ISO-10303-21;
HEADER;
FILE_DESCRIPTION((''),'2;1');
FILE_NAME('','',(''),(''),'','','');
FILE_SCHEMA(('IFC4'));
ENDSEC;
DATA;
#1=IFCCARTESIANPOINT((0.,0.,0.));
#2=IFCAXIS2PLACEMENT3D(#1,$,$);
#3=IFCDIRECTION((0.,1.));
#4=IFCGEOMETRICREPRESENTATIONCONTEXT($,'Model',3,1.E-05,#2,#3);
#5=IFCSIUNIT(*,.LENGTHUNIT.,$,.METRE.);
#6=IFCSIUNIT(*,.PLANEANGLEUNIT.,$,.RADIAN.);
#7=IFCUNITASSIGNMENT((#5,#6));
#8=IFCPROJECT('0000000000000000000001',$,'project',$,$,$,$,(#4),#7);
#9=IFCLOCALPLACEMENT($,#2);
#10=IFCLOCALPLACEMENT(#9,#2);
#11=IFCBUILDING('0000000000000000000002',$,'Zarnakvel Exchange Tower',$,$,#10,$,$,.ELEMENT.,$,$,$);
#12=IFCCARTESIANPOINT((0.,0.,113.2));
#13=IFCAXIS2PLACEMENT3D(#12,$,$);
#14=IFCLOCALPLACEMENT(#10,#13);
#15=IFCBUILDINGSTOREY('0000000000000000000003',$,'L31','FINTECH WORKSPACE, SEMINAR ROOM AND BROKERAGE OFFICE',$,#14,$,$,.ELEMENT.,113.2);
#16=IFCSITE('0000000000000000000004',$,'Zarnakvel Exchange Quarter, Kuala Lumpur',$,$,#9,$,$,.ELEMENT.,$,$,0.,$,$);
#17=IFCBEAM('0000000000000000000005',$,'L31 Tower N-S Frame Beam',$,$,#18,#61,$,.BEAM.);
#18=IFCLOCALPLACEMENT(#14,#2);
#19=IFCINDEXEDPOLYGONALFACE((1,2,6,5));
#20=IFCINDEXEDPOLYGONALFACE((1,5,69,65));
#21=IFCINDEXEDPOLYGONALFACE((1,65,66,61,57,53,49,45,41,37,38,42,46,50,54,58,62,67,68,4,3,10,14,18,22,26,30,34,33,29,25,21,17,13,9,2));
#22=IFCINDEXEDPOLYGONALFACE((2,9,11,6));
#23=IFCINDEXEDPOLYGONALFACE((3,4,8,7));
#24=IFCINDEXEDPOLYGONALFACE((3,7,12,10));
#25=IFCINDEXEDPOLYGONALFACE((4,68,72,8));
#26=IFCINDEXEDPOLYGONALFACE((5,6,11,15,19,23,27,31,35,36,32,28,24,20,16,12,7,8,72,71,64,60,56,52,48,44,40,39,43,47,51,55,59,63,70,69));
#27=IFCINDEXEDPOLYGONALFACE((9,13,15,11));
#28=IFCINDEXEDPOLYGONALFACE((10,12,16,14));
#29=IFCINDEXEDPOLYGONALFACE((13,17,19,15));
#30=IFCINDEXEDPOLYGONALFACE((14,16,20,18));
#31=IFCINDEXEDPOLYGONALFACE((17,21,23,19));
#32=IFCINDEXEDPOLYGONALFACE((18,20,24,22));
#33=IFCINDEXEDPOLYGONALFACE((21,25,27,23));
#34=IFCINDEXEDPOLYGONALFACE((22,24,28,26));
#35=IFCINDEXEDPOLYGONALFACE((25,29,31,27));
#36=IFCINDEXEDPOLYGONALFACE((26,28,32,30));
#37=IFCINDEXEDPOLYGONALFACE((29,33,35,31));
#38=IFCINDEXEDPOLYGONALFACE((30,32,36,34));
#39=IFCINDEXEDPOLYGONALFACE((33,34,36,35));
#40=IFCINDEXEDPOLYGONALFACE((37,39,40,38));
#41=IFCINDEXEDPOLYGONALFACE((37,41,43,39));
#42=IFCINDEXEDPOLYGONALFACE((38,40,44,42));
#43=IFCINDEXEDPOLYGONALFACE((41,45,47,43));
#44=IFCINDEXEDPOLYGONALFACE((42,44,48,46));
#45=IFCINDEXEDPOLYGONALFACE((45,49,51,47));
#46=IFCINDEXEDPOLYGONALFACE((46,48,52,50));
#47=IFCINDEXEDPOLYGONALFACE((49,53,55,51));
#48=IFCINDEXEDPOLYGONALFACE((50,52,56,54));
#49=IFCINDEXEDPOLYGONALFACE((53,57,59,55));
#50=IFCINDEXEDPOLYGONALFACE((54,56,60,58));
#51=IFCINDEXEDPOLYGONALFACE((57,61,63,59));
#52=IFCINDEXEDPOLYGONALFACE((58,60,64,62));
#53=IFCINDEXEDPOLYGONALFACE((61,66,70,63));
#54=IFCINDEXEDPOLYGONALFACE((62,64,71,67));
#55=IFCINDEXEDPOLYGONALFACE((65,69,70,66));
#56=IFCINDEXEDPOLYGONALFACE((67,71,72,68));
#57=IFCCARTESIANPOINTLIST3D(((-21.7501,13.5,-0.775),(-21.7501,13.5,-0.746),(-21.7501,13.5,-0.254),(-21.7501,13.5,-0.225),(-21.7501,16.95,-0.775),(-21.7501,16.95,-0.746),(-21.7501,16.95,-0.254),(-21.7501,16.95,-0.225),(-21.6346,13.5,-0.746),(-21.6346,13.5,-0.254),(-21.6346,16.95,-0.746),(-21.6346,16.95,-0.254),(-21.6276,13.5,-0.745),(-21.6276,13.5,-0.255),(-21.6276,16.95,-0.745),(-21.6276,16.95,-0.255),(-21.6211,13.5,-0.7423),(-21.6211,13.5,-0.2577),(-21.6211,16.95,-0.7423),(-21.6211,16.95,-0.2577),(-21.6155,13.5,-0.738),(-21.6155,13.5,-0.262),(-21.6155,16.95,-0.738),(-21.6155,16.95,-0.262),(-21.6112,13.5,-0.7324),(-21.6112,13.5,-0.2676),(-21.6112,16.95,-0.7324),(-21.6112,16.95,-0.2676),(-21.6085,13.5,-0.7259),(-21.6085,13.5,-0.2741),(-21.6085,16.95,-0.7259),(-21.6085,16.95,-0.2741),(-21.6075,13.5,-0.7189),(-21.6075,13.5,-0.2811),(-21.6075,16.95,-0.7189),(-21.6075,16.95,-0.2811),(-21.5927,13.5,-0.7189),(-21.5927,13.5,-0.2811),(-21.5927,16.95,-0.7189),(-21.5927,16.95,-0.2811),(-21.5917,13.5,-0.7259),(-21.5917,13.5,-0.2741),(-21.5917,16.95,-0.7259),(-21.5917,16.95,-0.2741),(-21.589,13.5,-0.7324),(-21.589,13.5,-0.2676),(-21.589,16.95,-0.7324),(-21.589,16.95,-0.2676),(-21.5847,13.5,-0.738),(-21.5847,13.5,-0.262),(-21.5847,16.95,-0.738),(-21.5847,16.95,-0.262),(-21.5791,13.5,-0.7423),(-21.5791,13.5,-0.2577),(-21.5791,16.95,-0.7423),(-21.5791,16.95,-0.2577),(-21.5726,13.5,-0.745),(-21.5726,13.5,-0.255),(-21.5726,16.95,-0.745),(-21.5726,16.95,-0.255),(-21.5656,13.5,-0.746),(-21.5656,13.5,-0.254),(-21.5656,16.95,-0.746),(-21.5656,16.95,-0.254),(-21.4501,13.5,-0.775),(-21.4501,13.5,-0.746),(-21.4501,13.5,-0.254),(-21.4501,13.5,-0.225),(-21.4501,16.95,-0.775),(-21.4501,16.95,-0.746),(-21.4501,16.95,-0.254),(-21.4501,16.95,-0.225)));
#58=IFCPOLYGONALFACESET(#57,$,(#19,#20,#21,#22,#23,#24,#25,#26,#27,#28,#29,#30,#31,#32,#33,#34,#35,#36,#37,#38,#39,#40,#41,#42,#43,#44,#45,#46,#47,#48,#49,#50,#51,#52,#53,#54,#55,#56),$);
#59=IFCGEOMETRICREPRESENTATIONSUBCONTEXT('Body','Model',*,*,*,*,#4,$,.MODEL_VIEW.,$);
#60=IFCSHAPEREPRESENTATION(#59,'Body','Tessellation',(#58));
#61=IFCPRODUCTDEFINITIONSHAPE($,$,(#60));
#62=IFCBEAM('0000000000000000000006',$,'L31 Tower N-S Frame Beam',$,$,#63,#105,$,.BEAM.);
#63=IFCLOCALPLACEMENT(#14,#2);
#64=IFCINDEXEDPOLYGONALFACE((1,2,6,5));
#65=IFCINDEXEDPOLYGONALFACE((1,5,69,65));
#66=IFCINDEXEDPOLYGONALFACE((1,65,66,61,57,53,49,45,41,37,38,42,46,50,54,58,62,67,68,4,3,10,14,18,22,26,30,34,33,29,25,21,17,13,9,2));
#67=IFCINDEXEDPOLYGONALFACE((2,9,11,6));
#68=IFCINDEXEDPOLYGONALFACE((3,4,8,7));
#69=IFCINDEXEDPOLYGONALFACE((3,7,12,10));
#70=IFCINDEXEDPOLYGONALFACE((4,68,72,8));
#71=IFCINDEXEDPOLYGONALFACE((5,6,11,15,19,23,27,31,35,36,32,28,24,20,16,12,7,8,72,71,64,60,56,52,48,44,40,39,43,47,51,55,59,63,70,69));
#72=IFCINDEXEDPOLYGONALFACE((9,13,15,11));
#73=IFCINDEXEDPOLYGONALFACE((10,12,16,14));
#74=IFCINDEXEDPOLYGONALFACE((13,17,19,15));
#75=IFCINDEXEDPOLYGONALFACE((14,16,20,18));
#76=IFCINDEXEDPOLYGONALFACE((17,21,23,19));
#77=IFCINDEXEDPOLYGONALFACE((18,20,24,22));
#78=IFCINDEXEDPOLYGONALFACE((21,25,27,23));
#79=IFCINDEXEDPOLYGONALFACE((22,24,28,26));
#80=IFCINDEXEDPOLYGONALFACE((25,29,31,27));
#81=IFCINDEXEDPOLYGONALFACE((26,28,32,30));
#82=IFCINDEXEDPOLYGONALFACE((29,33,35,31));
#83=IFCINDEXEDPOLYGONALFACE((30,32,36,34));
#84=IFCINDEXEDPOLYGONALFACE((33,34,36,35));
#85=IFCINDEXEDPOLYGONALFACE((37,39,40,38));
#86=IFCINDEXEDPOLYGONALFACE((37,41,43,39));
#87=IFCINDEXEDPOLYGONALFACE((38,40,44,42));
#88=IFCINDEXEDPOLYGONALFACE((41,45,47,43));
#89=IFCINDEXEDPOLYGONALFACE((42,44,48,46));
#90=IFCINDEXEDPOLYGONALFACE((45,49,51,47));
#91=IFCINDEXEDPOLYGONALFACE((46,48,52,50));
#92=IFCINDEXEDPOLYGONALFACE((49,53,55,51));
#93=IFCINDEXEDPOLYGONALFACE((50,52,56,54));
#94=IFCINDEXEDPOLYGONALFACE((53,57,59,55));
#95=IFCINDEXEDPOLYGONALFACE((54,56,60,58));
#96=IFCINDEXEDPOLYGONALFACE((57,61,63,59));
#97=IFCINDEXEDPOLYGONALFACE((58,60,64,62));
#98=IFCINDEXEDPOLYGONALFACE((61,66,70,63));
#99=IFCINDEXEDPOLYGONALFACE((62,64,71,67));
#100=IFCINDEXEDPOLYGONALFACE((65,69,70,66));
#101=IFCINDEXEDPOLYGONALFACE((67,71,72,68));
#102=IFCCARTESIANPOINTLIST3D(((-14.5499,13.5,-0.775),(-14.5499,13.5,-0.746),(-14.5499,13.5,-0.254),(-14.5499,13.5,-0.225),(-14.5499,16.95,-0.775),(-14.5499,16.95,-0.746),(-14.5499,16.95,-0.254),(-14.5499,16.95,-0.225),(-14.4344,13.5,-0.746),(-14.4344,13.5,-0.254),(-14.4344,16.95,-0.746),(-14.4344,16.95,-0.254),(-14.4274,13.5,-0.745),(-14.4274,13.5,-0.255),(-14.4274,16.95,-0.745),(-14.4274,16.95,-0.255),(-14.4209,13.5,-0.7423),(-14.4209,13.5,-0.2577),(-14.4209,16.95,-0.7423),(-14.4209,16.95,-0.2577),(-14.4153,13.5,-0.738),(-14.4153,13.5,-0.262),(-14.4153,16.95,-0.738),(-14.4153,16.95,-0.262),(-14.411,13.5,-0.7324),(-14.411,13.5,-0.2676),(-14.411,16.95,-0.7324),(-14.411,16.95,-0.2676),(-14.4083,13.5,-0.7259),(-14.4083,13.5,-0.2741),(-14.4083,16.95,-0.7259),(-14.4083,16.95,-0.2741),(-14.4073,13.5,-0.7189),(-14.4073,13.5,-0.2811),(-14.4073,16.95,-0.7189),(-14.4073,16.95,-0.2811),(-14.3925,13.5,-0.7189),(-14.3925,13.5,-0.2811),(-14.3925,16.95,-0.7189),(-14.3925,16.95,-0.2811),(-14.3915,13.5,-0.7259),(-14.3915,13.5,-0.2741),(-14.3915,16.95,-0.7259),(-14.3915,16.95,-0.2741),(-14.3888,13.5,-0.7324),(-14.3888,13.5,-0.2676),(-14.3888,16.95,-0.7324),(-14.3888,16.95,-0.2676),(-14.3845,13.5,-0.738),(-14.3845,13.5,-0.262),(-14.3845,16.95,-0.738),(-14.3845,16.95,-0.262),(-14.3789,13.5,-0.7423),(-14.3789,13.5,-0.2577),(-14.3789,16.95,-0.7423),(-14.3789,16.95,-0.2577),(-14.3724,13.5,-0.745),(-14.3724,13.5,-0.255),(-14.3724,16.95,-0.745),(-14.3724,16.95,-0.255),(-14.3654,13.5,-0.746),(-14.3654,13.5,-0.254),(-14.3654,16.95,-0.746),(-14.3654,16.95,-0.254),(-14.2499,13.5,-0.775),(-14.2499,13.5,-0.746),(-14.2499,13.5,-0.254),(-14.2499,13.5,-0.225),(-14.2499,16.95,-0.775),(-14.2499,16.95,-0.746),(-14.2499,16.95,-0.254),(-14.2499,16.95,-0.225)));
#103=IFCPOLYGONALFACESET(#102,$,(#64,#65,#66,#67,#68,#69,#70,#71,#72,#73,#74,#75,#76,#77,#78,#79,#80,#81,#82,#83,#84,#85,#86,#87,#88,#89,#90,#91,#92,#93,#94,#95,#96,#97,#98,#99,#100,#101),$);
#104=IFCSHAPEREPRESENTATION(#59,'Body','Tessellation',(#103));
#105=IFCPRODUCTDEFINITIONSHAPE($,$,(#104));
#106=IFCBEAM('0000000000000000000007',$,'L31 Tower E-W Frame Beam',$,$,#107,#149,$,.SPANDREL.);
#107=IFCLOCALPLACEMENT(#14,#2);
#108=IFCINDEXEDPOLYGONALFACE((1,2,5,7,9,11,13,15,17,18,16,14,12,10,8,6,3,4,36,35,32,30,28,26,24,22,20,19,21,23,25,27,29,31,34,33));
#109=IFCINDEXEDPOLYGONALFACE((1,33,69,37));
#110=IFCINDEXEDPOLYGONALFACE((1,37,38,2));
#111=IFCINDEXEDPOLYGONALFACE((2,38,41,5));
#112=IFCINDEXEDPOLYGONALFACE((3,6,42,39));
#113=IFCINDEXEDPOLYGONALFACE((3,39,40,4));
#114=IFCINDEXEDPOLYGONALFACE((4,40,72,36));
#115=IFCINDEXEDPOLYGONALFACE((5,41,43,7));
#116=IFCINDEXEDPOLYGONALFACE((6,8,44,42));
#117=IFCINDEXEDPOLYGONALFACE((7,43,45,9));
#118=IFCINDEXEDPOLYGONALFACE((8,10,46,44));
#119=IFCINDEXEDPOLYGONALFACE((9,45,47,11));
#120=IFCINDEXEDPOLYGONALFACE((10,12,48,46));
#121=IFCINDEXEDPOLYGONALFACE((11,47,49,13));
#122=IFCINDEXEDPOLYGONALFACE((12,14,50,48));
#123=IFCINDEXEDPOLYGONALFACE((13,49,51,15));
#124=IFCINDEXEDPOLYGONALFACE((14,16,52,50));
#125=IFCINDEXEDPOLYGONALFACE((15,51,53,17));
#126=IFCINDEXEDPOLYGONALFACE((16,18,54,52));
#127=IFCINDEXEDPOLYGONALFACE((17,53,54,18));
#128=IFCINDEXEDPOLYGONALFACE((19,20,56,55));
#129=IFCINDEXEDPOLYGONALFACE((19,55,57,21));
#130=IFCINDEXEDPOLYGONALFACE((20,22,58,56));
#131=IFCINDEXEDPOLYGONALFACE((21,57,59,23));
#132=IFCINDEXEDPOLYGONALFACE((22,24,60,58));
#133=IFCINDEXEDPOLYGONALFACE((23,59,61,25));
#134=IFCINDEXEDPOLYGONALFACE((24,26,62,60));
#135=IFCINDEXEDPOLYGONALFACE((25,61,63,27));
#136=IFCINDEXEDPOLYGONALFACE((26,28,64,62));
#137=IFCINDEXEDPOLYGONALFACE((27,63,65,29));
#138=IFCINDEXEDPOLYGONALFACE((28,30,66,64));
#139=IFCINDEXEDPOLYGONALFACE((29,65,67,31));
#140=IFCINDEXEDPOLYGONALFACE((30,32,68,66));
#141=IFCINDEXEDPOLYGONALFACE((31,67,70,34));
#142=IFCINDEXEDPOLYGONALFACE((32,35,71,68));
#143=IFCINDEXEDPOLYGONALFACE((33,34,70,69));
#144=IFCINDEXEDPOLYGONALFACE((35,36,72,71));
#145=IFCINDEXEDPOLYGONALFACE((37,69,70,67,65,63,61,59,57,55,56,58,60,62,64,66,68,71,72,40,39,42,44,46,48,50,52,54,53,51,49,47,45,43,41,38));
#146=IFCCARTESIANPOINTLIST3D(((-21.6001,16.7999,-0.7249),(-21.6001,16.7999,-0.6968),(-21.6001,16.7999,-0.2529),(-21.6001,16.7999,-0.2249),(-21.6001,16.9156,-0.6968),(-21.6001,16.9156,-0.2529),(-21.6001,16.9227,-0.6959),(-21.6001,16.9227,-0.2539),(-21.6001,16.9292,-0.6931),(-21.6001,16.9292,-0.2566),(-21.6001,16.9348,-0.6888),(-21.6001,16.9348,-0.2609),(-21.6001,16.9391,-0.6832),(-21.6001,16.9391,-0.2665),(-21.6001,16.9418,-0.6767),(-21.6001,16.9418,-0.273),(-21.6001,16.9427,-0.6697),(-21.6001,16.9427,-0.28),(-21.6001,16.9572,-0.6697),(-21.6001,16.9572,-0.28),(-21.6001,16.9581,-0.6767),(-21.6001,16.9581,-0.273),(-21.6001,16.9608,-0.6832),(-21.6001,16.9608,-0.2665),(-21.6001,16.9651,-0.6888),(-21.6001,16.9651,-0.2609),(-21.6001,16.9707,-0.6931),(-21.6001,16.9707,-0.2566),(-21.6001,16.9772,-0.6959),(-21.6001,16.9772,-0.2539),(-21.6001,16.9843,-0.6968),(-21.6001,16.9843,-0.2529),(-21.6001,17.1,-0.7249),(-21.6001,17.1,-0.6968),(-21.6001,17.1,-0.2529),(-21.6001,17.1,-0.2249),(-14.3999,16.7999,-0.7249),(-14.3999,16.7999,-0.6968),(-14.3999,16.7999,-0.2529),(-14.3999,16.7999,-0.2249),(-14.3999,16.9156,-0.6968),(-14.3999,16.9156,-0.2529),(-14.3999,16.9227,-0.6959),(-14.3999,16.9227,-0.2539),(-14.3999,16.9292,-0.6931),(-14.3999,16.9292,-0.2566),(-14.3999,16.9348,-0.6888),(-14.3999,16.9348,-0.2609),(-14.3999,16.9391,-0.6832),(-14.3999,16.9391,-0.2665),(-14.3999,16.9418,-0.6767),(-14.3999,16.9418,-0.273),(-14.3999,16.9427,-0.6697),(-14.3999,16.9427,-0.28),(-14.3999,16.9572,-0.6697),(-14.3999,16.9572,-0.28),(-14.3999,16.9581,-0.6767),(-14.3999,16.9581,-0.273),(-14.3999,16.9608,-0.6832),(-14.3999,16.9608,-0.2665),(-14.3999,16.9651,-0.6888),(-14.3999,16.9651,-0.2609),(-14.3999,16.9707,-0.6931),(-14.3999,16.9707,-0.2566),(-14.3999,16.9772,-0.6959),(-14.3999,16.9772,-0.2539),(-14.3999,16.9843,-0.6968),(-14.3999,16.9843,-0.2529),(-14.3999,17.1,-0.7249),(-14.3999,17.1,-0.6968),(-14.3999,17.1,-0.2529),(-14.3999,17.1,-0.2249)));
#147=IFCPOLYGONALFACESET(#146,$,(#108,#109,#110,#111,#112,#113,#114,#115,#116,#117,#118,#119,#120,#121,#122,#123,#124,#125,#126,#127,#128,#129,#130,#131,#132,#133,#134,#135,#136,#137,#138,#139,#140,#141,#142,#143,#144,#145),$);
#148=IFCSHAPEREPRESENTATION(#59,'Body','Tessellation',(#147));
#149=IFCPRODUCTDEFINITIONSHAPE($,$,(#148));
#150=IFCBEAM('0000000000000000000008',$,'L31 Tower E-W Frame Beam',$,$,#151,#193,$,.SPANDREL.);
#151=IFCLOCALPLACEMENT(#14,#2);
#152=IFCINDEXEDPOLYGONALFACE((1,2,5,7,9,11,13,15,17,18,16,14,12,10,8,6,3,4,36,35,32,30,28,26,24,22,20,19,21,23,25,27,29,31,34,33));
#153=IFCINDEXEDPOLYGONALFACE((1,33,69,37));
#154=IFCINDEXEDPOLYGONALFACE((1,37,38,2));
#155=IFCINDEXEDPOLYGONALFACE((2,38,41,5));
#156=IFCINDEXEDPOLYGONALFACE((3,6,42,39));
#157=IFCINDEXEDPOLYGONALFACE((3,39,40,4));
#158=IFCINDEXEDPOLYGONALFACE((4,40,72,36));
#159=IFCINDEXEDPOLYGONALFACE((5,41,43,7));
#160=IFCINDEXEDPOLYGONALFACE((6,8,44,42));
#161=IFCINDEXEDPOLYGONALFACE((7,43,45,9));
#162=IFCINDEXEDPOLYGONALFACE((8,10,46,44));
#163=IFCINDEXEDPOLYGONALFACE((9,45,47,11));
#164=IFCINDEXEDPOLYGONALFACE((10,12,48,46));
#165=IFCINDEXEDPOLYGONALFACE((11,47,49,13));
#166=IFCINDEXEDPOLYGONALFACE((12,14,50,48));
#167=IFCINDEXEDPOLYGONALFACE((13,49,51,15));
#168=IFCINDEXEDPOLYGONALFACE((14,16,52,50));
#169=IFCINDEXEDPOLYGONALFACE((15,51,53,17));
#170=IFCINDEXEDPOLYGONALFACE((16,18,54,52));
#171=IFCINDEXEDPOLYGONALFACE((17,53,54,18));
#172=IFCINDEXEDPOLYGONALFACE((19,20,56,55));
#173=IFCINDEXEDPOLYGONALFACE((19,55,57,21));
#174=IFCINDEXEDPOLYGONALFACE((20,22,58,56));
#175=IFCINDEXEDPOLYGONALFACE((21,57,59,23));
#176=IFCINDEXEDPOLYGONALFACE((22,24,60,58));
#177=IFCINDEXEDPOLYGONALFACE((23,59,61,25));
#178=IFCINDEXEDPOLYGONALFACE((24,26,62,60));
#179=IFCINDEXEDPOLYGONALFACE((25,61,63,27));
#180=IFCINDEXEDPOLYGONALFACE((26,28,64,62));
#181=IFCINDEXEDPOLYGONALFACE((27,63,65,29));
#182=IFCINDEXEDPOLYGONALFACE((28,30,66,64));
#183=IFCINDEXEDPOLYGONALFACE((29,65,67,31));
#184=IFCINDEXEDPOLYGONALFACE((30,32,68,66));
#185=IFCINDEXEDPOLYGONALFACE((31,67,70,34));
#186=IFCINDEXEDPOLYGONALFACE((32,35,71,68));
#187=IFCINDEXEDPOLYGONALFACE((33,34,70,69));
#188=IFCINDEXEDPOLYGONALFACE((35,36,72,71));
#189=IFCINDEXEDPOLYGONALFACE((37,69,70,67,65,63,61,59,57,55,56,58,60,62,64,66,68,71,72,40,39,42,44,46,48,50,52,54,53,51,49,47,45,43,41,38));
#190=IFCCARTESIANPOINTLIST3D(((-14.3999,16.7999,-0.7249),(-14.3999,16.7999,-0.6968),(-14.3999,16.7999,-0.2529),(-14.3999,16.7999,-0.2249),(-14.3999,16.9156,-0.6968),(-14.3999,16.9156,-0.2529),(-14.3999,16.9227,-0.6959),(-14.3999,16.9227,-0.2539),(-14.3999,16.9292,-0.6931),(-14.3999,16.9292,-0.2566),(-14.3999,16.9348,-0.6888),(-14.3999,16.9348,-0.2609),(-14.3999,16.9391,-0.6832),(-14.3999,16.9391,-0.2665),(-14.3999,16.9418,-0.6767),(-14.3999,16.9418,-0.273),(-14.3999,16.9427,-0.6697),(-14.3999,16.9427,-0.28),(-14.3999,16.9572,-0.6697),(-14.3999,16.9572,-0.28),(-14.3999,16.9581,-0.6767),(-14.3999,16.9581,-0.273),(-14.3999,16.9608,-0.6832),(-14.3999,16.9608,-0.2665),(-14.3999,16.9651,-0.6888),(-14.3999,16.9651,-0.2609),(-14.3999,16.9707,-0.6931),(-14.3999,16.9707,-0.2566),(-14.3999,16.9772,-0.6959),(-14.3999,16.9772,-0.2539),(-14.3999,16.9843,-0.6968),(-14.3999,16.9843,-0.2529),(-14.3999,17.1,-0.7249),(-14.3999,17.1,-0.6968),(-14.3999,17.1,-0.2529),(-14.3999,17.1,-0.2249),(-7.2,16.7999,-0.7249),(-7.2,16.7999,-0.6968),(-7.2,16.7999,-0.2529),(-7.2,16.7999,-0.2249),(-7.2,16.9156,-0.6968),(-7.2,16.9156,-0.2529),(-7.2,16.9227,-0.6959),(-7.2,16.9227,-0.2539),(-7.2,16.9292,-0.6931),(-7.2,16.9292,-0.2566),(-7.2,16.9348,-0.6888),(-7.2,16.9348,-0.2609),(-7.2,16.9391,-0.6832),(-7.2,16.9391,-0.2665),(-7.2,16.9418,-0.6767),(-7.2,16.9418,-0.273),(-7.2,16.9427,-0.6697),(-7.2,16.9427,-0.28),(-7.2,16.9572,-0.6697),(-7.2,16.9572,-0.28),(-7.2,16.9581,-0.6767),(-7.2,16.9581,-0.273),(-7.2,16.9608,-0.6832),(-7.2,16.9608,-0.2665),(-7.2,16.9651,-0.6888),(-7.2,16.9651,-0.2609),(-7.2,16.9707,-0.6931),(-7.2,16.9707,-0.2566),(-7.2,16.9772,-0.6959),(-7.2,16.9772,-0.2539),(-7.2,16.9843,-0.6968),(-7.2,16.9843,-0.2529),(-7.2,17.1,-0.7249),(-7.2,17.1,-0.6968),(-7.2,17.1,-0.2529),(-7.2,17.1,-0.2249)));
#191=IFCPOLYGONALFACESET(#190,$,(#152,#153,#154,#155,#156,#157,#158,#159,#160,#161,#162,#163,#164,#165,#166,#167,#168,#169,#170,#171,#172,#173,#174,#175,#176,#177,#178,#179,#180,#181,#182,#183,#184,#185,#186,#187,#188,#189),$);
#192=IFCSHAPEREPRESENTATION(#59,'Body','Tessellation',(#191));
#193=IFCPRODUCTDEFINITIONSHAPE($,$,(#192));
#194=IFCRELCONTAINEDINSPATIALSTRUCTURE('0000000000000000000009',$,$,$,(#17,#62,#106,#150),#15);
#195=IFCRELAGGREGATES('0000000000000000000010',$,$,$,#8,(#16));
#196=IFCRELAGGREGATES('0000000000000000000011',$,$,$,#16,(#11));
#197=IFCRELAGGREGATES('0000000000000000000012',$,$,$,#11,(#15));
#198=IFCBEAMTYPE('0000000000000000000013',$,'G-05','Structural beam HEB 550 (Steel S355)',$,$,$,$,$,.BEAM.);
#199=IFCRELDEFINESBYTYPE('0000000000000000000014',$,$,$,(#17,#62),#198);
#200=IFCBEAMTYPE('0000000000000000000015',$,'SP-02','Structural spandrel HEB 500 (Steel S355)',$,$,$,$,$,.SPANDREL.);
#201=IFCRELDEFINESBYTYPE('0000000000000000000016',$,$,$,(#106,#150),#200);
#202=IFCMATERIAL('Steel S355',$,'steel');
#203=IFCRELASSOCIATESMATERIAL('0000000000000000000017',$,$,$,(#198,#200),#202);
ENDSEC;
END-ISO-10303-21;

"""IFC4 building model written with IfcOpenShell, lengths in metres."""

from ifc_helpers import new_model, si_unit, direction, frame, origin, origin_2d, place, context, subcontext, project, spatial, i_section, extrude, material, material_profile, profile_set, type_object, element, save


model = new_model("IFC4")

# Units and contexts
model_context = context("Model", 3, precision=1e-05, world=origin(), true_north=direction((0.0, 1.0)))
body_context = subcontext(model_context, "Body", "Model", "MODEL_VIEW")
ifc_project = project(units=[si_unit("LENGTHUNIT", "METRE"), si_unit("PLANEANGLEUNIT", "RADIAN")], contexts=[model_context])

# Site, building, storey
site_placement = place(None, origin())
site = spatial("IfcSite", under=ifc_project, at=site_placement, Name="Zarnakvel Exchange Quarter, Kuala Lumpur", CompositionType="ELEMENT", RefElevation=0.0)
building_placement = place(site_placement, origin())
building = spatial("IfcBuilding", under=site, at=building_placement, Name="Zarnakvel Exchange Tower", CompositionType="ELEMENT")
storey_placement = place(building_placement, frame((0.0, 0.0, 113.2)))
storey = spatial("IfcBuildingStorey", under=building, at=storey_placement, Name="L31", Description="FINTECH WORKSPACE, SEMINAR ROOM AND BROKERAGE OFFICE", CompositionType="ELEMENT", Elevation=113.2)

# Shared definitions
ifc_material_1 = material(Name="Steel S355", Category="steel")

# Beams
ifc_material_profile_1 = material_profile(ifc_material_1, i_section(OverallWidth=0.3, OverallDepth=0.55, WebThickness=0.0149, FlangeThickness=0.0291, FilletRadius=0.0271, at=origin_2d()))
ifc_profile_set_1 = profile_set([ifc_material_profile_1], Name="Steel S355")
beam_type_1 = type_object("IfcBeamType", Name="G-05", Description="Structural beam HEB 550 (Steel S355)", PredefinedType="BEAM", material=ifc_profile_set_1)
for number, where, z_axis, x_axis, name in (
    (1, (-21.6001, 13.5, -0.5), (0.0, 1.0, 0.0), (-1.0, 0.0, 0.0), "L31 Tower N-S Frame Beam"),
    (2, (-14.3999, 13.5, -0.5), (0.0, 1.0, 0.0), (-1.0, 0.0, 0.0), "L31 Tower N-S Frame Beam"),
):
    element("IfcBeam", number, at=place(storey_placement, frame(where, z_axis=z_axis, x_axis=x_axis)), inside=storey, type_object=beam_type_1, Name=name, PredefinedType="BEAM", context=body_context, shape_type="SweptSolid", body=[
        extrude(i_section(OverallWidth=0.3, OverallDepth=0.55, WebThickness=0.0149, FlangeThickness=0.0291, FilletRadius=0.0271, at=origin_2d()), origin(), (0.0, 0.0, 1.0), 3.45),
    ])
ifc_material_profile_2 = material_profile(ifc_material_1, i_section(OverallWidth=0.3, OverallDepth=0.5, WebThickness=0.0144, FlangeThickness=0.0281, FilletRadius=0.0271, at=origin_2d()))
ifc_profile_set_2 = profile_set([ifc_material_profile_2], Name="Steel S355")
beam_type_2 = type_object("IfcBeamType", Name="SP-02", Description="Structural spandrel HEB 500 (Steel S355)", PredefinedType="SPANDREL", material=ifc_profile_set_2)
beam_1_placement = place(storey_placement, frame((-21.6001, 16.95, -0.4749), z_axis=(1.0, 0.0, 0.0), x_axis=(0.0, 1.0, 0.0)))
element("IfcBeam", 3, at=beam_1_placement, inside=storey, type_object=beam_type_2, Name="L31 Tower E-W Frame Beam", PredefinedType="SPANDREL", context=body_context, shape_type="SweptSolid", body=[
    extrude(i_section(OverallWidth=0.3, OverallDepth=0.5, WebThickness=0.0144, FlangeThickness=0.0281, FilletRadius=0.0271, at=origin_2d()), origin(), (0.0, 0.0, 1.0), 7.2002),
])
beam_2_placement = place(storey_placement, frame((-14.3999, 16.95, -0.4749), z_axis=(1.0, 0.0, 0.0), x_axis=(0.0, 1.0, 0.0)))
element("IfcBeam", 4, at=beam_2_placement, inside=storey, type_object=beam_type_2, Name="L31 Tower E-W Frame Beam", PredefinedType="SPANDREL", context=body_context, shape_type="SweptSolid", body=[
    extrude(i_section(OverallWidth=0.3, OverallDepth=0.5, WebThickness=0.0144, FlangeThickness=0.0281, FilletRadius=0.0271, at=origin_2d()), origin(), (0.0, 0.0, 1.0), 7.2),
])

save(model, "model.ifc")
